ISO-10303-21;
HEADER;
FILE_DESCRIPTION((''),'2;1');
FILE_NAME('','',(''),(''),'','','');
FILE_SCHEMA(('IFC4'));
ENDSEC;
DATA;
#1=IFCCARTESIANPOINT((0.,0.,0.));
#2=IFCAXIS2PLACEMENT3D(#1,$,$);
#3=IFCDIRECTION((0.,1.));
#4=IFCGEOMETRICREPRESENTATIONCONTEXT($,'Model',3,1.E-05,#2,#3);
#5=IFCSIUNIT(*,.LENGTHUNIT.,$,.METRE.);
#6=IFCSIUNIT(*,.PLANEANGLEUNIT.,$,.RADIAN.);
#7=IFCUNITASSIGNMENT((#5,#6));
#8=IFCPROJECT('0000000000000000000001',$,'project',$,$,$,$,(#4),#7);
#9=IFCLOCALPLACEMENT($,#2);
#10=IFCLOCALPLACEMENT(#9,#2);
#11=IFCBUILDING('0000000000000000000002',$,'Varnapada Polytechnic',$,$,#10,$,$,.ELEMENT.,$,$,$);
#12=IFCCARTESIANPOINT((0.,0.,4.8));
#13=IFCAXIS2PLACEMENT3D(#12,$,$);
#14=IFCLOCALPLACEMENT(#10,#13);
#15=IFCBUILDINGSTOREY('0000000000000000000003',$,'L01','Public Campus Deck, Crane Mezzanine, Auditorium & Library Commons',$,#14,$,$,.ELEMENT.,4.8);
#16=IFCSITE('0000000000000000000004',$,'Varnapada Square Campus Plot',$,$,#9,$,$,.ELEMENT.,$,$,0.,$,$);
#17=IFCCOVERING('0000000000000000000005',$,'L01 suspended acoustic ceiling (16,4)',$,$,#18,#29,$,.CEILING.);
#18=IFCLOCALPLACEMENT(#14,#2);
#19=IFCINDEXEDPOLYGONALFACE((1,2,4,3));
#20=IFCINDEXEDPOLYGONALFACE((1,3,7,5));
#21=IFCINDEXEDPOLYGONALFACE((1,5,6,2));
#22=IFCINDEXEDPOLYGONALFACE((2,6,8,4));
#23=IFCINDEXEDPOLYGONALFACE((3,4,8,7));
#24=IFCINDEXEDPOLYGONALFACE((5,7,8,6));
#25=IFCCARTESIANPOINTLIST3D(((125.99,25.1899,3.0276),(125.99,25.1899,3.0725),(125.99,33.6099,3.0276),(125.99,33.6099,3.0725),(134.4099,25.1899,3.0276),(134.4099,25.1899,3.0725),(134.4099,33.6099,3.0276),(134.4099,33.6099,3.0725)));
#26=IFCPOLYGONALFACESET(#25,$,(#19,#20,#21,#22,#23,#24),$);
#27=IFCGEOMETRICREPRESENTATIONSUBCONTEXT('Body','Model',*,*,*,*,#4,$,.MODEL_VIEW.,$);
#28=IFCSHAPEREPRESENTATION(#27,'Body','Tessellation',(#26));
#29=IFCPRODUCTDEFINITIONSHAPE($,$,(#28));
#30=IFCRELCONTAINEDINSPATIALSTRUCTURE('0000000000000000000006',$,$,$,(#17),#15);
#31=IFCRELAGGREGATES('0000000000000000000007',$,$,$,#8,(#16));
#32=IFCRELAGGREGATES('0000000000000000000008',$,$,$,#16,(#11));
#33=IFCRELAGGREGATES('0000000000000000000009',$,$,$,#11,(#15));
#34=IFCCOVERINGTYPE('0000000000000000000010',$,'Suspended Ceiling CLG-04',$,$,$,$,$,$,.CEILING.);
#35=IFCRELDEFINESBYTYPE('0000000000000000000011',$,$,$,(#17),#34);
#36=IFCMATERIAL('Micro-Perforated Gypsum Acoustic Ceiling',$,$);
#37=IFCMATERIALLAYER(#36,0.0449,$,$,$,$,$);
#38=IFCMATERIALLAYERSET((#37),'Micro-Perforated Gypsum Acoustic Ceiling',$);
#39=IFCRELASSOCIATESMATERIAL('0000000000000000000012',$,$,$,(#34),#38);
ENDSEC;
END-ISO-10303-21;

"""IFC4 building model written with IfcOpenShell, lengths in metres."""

from ifc_helpers import new_model, si_unit, direction, frame, origin, origin_2d, place, context, subcontext, project, spatial, rectangle, extrude, material, layer, layer_set, type_object, element, save


model = new_model("IFC4")

# Units and contexts
model_context = context("Model", 3, precision=1e-05, world=origin(), true_north=direction((0.0, 1.0)))
body_context = subcontext(model_context, "Body", "Model", "MODEL_VIEW")
ifc_project = project(units=[si_unit("LENGTHUNIT", "METRE"), si_unit("PLANEANGLEUNIT", "RADIAN")], contexts=[model_context])

# Site, building, storey
site_placement = place(None, origin())
site = spatial("IfcSite", under=ifc_project, at=site_placement, Name="Varnapada Square Campus Plot", CompositionType="ELEMENT", RefElevation=0.0)
building_placement = place(site_placement, origin())
building = spatial("IfcBuilding", under=site, at=building_placement, Name="Varnapada Polytechnic", CompositionType="ELEMENT")
storey_placement = place(building_placement, frame((0.0, 0.0, 4.8)))
storey = spatial("IfcBuildingStorey", under=building, at=storey_placement, Name="L01", Description="Public Campus Deck, Crane Mezzanine, Auditorium & Library Commons", CompositionType="ELEMENT", Elevation=4.8)

# Covering
ifc_material_1 = material(Name="Micro-Perforated Gypsum Acoustic Ceiling")
ifc_layer_1 = layer(ifc_material_1, 0.0449)
ifc_layer_set_1 = layer_set([ifc_layer_1], Name="Micro-Perforated Gypsum Acoustic Ceiling")
covering_type_1 = type_object("IfcCoveringType", Name="Suspended Ceiling CLG-04", PredefinedType="CEILING", material=ifc_layer_set_1)
covering_1_placement = place(storey_placement, frame((130.2, 29.3999, 3.0276), z_axis=(0.0, 0.0, 1.0), x_axis=(1.0, 0.0, 0.0)))
element("IfcCovering", 1, at=covering_1_placement, inside=storey, type_object=covering_type_1, Name="L01 suspended acoustic ceiling (16,4)", PredefinedType="CEILING", context=body_context, shape_type="SweptSolid", body=[
    extrude(rectangle(XDim=8.4199, YDim=8.4199, at=origin_2d()), origin(), (0.0, 0.0, 1.0), 0.0449),
])

save(model, "model.ifc")
